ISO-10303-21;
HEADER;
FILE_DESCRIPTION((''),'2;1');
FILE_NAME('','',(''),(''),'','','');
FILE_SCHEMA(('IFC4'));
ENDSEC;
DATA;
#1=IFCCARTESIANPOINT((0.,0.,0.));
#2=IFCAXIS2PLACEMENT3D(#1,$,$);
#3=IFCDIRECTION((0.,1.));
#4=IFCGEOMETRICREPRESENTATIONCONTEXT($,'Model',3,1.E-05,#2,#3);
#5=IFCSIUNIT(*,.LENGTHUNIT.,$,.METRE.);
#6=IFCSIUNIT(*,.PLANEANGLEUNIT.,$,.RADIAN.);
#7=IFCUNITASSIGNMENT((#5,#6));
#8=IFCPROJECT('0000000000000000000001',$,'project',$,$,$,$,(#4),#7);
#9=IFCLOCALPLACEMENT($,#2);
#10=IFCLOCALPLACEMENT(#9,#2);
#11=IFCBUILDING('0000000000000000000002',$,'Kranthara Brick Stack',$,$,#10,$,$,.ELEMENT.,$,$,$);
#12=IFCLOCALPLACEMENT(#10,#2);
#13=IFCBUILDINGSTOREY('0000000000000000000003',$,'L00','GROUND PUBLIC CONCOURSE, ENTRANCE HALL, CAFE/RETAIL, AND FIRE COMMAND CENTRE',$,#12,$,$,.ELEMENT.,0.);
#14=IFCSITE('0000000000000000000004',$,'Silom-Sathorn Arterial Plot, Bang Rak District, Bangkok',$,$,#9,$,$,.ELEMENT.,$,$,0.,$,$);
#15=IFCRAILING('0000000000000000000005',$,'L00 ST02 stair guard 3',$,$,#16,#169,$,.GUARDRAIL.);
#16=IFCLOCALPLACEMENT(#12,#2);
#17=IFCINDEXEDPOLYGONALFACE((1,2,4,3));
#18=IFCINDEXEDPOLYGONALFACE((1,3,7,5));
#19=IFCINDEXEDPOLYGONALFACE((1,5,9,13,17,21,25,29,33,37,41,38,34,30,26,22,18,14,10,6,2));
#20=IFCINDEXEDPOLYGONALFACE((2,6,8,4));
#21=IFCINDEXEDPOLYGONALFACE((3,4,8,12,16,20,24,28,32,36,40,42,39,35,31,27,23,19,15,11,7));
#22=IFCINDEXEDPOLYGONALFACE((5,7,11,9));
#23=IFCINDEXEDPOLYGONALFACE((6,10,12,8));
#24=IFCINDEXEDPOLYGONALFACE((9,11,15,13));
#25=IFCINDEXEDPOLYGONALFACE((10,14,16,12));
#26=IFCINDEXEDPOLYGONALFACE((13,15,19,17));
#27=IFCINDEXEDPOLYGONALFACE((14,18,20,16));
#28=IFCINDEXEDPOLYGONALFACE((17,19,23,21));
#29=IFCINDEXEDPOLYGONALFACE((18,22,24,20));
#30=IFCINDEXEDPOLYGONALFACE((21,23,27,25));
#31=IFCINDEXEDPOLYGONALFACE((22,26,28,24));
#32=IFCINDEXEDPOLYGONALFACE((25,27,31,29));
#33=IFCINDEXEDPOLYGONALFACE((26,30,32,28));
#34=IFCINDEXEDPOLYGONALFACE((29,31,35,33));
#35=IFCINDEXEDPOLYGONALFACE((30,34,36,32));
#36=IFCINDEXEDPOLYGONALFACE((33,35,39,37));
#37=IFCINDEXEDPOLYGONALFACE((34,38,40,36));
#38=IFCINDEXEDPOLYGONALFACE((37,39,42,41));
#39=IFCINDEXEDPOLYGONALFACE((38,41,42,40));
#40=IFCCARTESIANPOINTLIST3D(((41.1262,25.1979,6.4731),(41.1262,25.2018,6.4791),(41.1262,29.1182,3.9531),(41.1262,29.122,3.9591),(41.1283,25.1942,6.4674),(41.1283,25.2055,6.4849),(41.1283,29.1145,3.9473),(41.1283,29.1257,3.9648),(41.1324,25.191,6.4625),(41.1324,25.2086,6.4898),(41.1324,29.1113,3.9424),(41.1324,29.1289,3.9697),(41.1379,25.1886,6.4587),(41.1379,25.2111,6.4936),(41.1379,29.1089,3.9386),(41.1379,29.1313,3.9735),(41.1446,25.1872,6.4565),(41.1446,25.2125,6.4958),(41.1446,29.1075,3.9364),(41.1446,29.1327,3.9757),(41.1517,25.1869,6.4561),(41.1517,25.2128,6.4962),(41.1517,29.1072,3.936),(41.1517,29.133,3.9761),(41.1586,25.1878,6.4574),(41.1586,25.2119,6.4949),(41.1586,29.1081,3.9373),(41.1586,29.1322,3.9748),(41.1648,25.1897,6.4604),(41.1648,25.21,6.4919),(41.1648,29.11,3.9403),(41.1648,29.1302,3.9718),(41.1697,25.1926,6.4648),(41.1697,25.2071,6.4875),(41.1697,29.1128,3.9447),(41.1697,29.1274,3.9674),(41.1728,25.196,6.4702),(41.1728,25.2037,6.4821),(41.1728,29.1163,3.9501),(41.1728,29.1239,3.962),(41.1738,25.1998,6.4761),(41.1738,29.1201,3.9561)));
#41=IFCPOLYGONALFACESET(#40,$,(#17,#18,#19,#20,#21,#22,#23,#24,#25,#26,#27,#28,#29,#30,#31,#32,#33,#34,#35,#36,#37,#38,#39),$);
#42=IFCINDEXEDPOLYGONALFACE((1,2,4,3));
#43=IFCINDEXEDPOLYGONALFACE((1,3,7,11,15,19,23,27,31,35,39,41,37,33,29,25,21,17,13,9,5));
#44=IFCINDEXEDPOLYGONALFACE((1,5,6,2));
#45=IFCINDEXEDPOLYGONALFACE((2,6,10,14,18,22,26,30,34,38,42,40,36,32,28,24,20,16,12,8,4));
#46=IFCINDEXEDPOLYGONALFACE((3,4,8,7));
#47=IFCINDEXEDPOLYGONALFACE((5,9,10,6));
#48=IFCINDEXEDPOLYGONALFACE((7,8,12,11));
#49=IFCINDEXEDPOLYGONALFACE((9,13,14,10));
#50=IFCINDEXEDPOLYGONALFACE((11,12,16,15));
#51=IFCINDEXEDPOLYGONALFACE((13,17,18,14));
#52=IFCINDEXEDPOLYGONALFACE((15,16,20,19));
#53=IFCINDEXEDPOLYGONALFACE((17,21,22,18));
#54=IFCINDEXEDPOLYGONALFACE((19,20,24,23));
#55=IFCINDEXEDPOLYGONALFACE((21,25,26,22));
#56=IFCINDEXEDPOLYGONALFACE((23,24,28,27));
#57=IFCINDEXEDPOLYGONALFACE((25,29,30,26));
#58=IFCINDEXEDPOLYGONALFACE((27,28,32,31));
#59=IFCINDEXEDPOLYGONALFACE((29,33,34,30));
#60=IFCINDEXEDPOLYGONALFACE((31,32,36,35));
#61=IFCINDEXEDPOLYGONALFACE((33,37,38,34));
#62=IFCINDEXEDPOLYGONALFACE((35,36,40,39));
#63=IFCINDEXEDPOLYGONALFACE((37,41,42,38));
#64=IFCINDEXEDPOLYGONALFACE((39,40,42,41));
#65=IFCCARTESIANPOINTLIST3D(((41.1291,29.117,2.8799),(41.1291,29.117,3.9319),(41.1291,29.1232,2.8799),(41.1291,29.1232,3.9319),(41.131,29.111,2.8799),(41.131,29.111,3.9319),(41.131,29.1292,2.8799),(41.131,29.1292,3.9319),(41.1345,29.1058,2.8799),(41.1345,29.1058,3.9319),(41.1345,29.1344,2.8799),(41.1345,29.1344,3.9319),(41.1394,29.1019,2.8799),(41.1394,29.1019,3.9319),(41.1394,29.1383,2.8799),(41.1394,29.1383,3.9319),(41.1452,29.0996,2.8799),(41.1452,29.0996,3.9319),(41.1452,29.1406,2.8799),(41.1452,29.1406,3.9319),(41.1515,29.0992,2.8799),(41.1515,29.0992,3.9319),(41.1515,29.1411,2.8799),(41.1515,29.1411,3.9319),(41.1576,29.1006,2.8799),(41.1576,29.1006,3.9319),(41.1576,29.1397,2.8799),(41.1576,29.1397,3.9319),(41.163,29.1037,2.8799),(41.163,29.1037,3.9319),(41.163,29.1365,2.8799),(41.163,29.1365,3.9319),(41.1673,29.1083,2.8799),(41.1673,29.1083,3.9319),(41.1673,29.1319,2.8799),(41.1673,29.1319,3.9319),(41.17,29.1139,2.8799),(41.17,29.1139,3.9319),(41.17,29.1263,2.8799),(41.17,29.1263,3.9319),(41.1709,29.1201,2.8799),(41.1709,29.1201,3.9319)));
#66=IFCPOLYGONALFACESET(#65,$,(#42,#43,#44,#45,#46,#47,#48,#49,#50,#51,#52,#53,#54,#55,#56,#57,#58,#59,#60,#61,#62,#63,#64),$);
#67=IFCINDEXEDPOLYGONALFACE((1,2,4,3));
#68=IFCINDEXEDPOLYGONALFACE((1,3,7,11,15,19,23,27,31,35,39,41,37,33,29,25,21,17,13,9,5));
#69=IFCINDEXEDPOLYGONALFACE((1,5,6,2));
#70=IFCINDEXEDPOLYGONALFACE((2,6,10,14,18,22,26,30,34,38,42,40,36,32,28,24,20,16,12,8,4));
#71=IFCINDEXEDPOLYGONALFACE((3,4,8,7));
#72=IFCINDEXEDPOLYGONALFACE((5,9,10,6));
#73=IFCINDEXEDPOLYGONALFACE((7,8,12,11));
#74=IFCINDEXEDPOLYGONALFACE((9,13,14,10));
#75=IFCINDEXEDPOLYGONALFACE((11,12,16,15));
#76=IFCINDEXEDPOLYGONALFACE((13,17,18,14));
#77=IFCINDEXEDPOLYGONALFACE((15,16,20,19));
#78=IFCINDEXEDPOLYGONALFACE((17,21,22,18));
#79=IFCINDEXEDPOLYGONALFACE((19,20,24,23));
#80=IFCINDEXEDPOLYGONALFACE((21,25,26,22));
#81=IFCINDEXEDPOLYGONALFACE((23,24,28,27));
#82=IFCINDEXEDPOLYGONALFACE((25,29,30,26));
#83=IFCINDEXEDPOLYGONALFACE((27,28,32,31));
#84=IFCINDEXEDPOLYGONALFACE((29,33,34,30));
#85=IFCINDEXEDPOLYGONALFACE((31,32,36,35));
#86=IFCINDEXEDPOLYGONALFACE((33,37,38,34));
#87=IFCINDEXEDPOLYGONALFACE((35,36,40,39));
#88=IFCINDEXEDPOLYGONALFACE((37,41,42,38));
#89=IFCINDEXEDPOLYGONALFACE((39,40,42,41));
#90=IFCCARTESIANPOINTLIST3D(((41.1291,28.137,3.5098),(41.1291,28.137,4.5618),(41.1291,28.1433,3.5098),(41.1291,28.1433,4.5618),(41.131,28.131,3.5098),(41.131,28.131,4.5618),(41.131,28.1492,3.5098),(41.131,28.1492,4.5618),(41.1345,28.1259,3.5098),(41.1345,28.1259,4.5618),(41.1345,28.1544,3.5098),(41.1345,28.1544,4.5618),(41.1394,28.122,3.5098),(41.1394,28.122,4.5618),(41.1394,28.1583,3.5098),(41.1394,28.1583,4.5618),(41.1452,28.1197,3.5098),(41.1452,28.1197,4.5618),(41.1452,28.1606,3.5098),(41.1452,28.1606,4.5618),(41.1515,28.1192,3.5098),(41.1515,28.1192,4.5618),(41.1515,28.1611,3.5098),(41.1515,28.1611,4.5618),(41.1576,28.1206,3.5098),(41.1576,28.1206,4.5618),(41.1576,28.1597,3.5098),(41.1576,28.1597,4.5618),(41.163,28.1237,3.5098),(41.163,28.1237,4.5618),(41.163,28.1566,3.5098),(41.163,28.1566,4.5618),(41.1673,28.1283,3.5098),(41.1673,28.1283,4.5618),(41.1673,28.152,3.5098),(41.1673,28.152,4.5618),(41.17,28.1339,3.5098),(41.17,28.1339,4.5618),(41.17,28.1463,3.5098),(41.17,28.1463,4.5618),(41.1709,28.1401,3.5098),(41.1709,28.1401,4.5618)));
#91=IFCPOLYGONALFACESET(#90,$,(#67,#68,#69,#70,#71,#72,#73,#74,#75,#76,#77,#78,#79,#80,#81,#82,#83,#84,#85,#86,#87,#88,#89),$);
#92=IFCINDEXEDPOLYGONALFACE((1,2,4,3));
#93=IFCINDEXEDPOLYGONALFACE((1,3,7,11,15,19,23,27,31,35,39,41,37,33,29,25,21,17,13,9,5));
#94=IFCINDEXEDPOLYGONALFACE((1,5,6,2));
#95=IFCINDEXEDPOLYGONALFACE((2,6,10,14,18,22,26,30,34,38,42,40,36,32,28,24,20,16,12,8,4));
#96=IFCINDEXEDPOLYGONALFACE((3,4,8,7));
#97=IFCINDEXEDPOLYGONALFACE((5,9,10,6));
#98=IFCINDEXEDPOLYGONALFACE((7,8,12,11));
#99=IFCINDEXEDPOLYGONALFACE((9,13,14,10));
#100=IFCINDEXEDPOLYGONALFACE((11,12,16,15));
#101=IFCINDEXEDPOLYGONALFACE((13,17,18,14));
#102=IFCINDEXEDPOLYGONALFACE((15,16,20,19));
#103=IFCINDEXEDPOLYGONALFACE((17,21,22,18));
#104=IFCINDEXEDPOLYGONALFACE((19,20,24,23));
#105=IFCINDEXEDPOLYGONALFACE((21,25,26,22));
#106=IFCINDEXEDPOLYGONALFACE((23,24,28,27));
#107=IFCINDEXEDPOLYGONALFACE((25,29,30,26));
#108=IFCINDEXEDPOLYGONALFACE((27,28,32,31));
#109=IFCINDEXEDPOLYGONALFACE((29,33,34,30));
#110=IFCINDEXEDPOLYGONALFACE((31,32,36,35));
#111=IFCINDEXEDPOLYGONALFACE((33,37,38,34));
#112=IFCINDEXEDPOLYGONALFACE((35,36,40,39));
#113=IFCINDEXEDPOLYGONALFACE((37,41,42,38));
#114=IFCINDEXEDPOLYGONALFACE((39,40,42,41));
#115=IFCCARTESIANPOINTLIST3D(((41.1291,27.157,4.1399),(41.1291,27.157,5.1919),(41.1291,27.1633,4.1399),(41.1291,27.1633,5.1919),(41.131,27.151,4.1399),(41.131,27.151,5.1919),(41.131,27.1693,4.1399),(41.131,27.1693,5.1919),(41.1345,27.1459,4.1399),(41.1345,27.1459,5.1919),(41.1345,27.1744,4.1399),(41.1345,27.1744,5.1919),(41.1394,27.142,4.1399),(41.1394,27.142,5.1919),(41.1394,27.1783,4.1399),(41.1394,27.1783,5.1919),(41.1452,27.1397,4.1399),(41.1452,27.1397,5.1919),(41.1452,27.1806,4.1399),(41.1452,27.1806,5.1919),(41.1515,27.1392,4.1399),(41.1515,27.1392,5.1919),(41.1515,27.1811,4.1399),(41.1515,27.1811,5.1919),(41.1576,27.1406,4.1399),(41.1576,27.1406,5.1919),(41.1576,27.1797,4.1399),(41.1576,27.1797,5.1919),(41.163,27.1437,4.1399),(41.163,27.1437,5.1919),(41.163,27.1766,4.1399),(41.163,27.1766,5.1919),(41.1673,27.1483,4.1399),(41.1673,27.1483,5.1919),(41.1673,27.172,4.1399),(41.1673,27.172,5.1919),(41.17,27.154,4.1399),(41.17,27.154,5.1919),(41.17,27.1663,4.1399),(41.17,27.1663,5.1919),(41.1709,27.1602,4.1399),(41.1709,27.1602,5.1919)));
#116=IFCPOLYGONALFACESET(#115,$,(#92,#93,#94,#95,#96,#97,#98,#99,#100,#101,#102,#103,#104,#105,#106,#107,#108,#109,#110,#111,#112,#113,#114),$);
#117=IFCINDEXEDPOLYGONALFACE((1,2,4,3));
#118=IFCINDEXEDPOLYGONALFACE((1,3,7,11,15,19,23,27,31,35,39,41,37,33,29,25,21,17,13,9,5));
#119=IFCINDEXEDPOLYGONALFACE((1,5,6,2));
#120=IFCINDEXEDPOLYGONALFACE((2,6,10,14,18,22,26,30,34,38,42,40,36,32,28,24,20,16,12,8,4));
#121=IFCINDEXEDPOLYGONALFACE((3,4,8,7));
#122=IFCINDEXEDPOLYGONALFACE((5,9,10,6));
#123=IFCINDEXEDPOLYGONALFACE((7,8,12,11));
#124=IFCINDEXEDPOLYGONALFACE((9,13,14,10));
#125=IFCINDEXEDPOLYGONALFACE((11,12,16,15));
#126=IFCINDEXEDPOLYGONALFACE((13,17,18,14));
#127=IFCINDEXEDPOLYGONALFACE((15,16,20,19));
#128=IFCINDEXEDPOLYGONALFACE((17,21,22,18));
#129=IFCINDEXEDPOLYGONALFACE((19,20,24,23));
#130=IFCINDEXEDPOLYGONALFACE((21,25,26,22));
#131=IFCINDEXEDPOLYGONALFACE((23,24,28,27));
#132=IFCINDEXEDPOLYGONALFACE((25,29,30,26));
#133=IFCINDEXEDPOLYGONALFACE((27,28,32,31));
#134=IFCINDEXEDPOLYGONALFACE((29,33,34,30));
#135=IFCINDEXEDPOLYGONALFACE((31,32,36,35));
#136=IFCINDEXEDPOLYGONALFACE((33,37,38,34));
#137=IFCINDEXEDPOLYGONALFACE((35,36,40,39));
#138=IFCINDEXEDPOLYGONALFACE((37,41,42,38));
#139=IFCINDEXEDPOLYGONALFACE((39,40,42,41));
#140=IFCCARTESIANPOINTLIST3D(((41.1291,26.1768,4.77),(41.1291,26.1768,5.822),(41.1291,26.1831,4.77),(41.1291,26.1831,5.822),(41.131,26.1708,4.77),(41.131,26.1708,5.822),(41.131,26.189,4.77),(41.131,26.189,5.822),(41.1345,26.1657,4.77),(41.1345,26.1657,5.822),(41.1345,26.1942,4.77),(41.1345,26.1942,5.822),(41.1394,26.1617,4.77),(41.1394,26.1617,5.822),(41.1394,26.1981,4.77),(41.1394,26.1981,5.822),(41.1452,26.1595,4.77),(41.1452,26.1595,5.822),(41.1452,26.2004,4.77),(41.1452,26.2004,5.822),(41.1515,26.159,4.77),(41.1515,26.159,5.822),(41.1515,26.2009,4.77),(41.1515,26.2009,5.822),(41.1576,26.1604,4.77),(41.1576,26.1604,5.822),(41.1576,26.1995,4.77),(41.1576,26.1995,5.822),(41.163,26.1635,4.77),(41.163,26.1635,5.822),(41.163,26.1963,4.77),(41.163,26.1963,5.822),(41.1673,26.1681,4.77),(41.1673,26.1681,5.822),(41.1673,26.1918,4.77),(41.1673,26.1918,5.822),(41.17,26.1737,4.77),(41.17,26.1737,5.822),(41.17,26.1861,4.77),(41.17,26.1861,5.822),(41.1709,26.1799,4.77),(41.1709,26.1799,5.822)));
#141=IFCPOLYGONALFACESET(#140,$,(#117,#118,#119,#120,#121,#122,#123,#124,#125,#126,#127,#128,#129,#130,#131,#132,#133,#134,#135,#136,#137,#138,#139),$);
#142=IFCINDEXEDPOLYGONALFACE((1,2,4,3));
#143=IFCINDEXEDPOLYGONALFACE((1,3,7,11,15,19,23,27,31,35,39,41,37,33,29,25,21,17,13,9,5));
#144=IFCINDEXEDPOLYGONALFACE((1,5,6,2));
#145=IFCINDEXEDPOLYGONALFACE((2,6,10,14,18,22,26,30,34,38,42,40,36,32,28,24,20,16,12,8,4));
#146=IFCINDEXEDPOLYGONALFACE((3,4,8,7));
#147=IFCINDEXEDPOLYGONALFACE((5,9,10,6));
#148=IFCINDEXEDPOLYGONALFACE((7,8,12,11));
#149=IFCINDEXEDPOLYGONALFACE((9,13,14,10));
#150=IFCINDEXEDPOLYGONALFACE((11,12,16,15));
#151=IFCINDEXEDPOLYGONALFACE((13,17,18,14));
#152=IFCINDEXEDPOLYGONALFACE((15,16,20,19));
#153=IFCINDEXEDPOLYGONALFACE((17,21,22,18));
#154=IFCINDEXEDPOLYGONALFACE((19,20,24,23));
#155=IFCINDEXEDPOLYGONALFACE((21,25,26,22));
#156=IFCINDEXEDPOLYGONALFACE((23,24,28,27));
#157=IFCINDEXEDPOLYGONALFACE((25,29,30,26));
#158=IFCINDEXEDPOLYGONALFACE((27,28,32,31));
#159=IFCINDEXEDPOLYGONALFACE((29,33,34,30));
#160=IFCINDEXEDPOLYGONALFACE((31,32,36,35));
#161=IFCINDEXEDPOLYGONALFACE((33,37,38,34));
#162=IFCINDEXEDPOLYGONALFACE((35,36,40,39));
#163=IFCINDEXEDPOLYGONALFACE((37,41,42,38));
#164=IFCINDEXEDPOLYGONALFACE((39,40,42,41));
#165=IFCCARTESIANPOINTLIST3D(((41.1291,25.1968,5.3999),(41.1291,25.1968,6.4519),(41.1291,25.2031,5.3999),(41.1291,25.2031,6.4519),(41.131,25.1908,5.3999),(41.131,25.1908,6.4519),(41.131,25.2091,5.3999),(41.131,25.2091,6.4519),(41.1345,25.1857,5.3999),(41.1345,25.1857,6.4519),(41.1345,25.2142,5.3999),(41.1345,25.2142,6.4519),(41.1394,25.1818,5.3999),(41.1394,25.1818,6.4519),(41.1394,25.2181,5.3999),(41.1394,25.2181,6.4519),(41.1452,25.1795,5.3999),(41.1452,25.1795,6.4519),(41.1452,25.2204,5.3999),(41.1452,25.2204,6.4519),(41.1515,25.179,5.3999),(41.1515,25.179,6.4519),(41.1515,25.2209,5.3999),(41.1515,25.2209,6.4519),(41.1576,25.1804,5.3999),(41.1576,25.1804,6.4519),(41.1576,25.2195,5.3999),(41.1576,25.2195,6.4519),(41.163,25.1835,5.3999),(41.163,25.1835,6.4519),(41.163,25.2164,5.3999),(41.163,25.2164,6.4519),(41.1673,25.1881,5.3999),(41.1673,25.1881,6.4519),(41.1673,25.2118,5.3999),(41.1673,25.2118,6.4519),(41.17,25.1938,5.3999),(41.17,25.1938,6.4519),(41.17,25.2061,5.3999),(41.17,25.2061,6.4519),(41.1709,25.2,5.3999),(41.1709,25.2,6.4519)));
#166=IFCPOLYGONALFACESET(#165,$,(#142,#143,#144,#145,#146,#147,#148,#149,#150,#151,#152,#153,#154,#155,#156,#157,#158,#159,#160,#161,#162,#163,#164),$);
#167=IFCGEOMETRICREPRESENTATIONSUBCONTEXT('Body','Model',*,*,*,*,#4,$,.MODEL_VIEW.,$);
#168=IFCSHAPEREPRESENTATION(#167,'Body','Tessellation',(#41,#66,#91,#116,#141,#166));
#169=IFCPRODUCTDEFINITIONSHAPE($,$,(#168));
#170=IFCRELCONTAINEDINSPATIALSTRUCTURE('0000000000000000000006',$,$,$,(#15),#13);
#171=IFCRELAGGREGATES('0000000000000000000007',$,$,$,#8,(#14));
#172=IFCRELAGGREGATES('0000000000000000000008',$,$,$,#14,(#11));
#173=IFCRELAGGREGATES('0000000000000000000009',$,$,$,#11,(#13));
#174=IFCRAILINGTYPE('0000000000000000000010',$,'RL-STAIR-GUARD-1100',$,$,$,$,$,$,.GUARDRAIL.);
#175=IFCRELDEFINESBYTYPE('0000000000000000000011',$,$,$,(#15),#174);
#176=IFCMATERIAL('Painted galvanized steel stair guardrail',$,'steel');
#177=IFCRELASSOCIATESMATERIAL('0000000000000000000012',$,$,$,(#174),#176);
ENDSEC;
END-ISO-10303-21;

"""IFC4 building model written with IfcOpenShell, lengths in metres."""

from ifc_helpers import new_model, si_unit, direction, frame, origin, origin_2d, place, context, subcontext, project, spatial, circle, extrude, material, type_object, element, save


model = new_model("IFC4")

# Units and contexts
model_context = context("Model", 3, precision=1e-05, world=origin(), true_north=direction((0.0, 1.0)))
body_context = subcontext(model_context, "Body", "Model", "MODEL_VIEW")
ifc_project = project(units=[si_unit("LENGTHUNIT", "METRE"), si_unit("PLANEANGLEUNIT", "RADIAN")], contexts=[model_context])

# Site, building, storey
site_placement = place(None, origin())
site = spatial("IfcSite", under=ifc_project, at=site_placement, Name="Silom-Sathorn Arterial Plot, Bang Rak District, Bangkok", CompositionType="ELEMENT", RefElevation=0.0)
building_placement = place(site_placement, origin())
building = spatial("IfcBuilding", under=site, at=building_placement, Name="Kranthara Brick Stack", CompositionType="ELEMENT")
storey_placement = place(building_placement, origin())
storey = spatial("IfcBuildingStorey", under=building, at=storey_placement, Name="L00", Description="GROUND PUBLIC CONCOURSE, ENTRANCE HALL, CAFE/RETAIL, AND FIRE COMMAND CENTRE", CompositionType="ELEMENT", Elevation=0.0)

# Railing
ifc_material_1 = material(Name="Painted galvanized steel stair guardrail", Category="steel")
railing_type = type_object("IfcRailingType", Name="RL-STAIR-GUARD-1100", PredefinedType="GUARDRAIL", material=ifc_material_1)
railing_1_placement = place(storey_placement, frame((41.1499, 29.1201, 2.8799)))
element("IfcRailing", 1, at=railing_1_placement, inside=storey, type_object=railing_type, Name="L00 ST02 stair guard 3", PredefinedType="GUARDRAIL", context=body_context, shape_type="SweptSolid", body=[
    extrude(circle(Radius=0.0239, at=origin_2d()), frame((0.0, 0.0, 1.0762), z_axis=(0.0, -0.841187, 0.540744), x_axis=(1.0, 0.0, 0.0)), (0.0, 0.0, 1.0), 4.6604),
    extrude(circle(Radius=0.021, at=origin_2d()), origin(), (0.0, 0.0, 1.0), 1.052),
    extrude(circle(Radius=0.021, at=origin_2d()), frame((0.0, -0.98, 0.6299)), (0.0, 0.0, 1.0), 1.052),
    extrude(circle(Radius=0.021, at=origin_2d()), frame((0.0, -1.96, 1.26)), (0.0, 0.0, 1.0), 1.052),
    extrude(circle(Radius=0.021, at=origin_2d()), frame((0.0, -2.9402, 1.8901)), (0.0, 0.0, 1.0), 1.052),
    extrude(circle(Radius=0.021, at=origin_2d()), frame((0.0, -3.9202, 2.52)), (0.0, 0.0, 1.0), 1.052),
])

save(model, "model.ifc")
